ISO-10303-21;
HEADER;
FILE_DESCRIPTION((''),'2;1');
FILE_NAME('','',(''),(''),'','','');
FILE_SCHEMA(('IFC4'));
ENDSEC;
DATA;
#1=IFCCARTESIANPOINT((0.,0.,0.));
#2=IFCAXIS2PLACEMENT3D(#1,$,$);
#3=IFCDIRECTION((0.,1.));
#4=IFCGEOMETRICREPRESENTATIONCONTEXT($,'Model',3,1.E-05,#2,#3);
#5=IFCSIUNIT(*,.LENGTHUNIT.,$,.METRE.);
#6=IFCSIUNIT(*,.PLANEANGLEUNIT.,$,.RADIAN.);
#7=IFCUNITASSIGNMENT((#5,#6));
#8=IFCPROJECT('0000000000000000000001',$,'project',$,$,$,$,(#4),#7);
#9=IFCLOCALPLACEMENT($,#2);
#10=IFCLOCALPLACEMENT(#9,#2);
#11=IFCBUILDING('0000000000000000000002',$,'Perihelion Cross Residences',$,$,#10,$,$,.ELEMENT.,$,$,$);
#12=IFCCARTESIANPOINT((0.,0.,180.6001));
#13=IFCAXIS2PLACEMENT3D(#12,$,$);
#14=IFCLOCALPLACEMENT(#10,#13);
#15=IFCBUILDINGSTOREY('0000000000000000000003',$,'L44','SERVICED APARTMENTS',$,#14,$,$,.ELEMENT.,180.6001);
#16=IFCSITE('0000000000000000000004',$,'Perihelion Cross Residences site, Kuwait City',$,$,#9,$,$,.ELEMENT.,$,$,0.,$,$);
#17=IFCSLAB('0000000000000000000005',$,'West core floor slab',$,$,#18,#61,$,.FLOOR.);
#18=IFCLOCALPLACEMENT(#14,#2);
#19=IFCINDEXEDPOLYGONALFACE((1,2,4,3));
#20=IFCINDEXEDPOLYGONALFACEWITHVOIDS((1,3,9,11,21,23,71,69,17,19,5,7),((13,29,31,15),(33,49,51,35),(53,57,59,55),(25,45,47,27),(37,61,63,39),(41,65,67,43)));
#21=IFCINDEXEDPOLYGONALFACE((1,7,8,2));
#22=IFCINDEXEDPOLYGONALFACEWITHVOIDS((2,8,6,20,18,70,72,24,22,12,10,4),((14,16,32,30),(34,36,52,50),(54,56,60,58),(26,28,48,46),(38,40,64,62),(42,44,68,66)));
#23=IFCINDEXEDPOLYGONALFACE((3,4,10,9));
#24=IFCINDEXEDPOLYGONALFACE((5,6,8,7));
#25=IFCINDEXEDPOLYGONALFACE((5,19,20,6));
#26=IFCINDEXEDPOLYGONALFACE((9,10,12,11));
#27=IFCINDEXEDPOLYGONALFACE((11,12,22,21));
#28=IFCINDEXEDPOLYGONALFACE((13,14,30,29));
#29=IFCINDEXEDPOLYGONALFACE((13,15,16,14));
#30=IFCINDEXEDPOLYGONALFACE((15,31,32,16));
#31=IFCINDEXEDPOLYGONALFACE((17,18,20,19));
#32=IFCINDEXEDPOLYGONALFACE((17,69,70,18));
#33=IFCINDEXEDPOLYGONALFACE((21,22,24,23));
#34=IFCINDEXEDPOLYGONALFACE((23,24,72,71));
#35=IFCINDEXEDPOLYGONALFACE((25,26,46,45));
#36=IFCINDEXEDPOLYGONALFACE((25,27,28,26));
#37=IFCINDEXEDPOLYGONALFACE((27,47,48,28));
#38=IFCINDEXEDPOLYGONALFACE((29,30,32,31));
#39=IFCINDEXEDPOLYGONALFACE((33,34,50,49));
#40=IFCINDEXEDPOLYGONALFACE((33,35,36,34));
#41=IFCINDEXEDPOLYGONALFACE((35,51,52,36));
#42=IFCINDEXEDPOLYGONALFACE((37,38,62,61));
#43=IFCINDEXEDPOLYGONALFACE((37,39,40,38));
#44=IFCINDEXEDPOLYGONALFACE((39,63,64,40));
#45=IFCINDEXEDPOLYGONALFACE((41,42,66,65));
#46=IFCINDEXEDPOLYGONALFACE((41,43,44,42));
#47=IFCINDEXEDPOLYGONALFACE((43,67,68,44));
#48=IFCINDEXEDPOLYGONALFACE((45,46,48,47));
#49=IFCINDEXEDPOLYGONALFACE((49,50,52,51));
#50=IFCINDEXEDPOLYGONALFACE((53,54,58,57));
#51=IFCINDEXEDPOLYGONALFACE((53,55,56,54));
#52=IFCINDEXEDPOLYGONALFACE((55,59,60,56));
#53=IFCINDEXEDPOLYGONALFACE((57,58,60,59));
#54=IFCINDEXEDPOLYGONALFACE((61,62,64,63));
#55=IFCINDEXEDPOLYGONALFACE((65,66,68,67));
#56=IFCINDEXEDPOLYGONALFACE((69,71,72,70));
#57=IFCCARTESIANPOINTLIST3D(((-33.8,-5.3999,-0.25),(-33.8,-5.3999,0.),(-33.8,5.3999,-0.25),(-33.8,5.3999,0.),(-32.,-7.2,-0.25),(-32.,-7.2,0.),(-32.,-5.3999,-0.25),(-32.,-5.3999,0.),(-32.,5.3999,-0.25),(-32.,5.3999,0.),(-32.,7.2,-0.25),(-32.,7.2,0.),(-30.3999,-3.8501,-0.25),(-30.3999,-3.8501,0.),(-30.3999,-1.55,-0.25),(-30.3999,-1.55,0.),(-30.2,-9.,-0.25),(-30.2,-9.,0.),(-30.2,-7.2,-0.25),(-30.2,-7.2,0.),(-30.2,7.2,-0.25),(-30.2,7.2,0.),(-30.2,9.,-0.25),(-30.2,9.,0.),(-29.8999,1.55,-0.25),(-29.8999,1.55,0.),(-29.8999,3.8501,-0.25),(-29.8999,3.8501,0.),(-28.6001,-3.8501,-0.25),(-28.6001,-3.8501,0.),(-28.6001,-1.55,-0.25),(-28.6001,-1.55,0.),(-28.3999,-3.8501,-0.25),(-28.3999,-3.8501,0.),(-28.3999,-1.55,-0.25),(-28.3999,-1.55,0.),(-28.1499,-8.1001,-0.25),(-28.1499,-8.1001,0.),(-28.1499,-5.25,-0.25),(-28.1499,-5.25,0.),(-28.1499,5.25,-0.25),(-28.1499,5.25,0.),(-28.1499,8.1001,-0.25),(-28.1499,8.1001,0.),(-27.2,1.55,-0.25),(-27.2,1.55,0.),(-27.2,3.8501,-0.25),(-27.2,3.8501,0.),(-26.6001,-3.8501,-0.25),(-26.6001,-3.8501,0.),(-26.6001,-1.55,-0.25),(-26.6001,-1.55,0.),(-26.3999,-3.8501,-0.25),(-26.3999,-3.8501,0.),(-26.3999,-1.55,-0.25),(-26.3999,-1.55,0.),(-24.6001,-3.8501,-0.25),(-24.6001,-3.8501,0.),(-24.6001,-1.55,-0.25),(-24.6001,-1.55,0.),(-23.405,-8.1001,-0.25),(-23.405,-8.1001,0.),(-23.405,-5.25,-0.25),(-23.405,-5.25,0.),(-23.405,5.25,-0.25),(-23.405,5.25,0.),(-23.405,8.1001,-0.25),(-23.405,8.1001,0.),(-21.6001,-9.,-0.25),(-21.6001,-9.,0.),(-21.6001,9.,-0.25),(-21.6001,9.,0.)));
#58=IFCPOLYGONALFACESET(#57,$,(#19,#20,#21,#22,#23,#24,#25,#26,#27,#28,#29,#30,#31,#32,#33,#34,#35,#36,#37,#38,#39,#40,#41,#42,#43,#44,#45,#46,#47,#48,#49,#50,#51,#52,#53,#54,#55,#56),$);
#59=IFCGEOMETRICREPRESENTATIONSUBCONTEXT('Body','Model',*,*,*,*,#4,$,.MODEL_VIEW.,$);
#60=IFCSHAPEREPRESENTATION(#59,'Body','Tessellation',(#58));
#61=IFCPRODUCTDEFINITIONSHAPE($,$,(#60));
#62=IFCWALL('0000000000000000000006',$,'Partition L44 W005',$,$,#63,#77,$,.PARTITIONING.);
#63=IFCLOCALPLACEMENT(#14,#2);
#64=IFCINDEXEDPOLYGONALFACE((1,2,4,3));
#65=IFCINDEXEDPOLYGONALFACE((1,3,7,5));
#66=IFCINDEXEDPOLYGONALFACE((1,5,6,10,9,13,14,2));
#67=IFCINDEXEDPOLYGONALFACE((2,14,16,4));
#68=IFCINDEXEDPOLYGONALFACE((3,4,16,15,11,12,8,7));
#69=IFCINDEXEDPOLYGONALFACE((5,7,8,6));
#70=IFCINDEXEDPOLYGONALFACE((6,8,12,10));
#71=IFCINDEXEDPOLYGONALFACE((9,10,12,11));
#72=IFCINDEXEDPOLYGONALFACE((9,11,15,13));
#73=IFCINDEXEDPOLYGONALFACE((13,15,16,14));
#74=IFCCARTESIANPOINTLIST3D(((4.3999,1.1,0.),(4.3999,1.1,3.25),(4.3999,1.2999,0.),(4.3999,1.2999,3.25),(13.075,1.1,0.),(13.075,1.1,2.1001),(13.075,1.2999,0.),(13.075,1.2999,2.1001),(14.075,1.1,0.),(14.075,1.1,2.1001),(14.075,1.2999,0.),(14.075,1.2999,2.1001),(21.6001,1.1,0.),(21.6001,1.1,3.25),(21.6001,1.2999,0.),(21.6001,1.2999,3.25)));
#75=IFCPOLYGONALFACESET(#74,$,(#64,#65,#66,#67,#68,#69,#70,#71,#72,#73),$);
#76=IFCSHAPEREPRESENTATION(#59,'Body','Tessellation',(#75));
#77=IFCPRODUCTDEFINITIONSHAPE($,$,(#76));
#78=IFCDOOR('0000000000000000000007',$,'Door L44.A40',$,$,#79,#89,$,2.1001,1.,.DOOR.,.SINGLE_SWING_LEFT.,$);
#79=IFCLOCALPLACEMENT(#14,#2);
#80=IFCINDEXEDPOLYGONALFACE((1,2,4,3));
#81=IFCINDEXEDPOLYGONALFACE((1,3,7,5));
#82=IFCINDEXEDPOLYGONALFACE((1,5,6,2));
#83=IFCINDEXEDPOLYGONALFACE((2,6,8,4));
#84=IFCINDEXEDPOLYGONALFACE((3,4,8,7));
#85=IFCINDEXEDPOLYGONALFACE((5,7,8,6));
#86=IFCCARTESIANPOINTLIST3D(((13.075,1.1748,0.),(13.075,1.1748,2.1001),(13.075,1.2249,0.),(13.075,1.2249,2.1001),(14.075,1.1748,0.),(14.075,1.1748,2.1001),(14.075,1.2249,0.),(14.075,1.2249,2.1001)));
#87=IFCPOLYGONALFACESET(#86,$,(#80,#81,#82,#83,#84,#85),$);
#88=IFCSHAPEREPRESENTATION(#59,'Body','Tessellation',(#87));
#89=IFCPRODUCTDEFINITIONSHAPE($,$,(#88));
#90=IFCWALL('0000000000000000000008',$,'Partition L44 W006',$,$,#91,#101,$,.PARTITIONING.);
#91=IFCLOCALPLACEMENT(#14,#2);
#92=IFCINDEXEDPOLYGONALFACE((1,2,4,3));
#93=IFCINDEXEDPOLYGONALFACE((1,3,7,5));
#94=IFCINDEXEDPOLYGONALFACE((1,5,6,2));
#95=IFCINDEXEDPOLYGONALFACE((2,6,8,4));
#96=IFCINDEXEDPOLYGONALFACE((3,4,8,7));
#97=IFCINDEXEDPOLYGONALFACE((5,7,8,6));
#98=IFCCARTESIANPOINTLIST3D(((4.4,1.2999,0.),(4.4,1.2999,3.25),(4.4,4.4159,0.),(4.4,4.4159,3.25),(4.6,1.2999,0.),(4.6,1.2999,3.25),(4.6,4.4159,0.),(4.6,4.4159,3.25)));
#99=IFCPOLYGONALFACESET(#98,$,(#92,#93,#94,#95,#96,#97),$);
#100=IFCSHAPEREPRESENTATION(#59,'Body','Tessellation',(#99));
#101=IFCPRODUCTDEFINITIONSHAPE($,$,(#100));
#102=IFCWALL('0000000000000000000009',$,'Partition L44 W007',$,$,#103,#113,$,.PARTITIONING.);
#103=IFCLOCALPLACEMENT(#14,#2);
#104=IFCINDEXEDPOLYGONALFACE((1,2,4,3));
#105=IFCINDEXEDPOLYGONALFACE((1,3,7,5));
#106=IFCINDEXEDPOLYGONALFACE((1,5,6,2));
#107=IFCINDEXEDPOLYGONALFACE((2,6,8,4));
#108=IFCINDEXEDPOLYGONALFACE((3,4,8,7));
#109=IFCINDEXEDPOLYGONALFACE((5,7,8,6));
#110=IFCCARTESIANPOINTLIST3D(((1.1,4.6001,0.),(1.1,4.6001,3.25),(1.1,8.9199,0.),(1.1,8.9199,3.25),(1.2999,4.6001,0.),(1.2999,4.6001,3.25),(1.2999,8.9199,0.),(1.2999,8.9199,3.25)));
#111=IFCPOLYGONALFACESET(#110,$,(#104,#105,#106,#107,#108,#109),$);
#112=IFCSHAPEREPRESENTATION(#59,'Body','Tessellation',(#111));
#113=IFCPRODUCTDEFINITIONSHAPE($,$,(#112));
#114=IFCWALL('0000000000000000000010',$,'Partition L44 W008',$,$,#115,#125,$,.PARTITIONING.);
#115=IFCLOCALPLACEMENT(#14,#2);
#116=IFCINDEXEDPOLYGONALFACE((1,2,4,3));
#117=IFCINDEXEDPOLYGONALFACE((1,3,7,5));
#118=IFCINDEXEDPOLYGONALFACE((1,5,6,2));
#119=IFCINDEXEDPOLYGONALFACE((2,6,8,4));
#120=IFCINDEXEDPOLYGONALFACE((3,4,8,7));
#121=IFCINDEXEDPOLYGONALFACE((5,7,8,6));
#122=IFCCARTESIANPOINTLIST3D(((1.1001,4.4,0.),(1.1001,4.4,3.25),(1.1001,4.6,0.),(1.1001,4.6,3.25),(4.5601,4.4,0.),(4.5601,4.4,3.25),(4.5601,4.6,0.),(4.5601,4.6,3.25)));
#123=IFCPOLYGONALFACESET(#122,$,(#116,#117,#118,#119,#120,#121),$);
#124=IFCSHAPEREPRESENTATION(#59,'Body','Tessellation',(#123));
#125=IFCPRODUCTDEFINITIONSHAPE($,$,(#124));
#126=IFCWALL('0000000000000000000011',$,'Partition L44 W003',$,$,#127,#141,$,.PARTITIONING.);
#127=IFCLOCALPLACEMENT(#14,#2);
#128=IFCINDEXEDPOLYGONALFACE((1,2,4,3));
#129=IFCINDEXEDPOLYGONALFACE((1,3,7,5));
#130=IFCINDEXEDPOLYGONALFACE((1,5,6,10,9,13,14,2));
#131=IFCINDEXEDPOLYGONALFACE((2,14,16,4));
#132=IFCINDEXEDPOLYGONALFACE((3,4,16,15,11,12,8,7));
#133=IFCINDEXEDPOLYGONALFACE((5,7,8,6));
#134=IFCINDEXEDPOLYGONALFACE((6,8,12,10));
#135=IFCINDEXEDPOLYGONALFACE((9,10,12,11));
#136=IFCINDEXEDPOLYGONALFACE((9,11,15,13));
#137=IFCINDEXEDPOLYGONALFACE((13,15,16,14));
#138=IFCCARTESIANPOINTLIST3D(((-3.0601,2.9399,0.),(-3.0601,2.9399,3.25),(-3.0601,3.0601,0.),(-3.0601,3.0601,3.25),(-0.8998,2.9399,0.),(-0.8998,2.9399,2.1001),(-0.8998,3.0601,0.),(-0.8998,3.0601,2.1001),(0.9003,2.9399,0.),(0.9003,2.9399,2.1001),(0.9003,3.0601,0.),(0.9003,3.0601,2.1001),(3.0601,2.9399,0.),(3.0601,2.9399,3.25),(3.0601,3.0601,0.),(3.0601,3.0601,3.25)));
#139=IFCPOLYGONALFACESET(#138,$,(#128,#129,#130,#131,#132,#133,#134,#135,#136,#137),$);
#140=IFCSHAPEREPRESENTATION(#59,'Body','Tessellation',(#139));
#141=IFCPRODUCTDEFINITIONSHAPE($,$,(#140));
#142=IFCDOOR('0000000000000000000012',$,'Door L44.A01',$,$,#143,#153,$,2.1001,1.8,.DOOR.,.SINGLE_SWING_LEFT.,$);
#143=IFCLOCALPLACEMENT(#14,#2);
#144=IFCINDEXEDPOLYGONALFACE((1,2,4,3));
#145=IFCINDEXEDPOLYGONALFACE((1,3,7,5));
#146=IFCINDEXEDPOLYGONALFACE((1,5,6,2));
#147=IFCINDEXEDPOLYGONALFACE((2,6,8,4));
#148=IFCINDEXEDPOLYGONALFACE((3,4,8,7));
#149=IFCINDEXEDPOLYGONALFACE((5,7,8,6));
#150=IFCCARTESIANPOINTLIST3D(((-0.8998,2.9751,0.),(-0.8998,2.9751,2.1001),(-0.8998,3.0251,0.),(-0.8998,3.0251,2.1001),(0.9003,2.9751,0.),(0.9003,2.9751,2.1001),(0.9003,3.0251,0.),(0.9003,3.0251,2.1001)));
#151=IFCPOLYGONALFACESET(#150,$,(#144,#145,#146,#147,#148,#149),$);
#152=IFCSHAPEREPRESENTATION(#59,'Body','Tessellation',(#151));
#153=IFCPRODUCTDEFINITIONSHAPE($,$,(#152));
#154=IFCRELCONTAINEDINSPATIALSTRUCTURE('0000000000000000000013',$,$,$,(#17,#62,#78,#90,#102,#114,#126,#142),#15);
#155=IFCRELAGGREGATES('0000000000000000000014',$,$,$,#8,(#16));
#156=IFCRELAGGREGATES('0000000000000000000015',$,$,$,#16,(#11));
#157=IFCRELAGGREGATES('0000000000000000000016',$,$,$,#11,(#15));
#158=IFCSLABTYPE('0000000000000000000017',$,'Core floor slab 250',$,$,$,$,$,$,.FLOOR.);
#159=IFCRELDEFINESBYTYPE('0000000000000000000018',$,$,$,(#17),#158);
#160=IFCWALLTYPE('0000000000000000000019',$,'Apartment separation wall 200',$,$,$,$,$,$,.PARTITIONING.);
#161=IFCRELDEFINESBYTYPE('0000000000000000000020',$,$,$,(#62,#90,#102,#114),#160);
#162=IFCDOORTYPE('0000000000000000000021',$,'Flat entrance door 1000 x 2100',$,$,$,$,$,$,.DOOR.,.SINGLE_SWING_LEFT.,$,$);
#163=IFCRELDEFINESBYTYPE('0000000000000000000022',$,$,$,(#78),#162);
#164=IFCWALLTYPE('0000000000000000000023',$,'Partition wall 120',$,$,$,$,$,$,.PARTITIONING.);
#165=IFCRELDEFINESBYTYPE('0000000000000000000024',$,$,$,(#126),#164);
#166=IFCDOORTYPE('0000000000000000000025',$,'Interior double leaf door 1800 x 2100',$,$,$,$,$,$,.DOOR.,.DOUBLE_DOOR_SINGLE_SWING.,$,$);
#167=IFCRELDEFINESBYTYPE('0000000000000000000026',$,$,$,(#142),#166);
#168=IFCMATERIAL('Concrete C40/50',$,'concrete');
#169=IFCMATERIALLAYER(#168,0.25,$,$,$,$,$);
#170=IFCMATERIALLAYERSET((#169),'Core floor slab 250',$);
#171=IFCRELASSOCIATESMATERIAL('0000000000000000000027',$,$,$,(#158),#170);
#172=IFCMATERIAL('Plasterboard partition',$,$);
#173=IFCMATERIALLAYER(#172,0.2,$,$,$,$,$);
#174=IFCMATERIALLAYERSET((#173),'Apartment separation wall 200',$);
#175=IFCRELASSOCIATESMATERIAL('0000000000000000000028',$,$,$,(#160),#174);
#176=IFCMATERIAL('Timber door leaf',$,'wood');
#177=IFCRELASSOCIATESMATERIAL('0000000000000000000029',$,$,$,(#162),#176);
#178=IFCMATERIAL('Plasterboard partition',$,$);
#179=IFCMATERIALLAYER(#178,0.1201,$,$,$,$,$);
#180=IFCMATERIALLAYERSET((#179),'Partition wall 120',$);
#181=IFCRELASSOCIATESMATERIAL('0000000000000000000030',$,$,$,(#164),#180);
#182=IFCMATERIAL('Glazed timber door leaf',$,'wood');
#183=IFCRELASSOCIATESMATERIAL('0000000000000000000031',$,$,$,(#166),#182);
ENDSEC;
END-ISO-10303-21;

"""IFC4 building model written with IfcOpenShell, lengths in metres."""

from ifc_helpers import new_model, si_unit, direction, frame, frame_2d, origin, place, context, subcontext, project, spatial, polyline, rectangle, outline, extrude, material, layer, layer_set, type_object, element, fill, save


model = new_model("IFC4")

# Units and contexts
model_context = context("Model", 3, precision=1e-05, world=origin(), true_north=direction((0.0, 1.0)))
body_context = subcontext(model_context, "Body", "Model", "MODEL_VIEW")
ifc_project = project(units=[si_unit("LENGTHUNIT", "METRE"), si_unit("PLANEANGLEUNIT", "RADIAN")], contexts=[model_context])

# Site, building, storey
site_placement = place(None, origin())
site = spatial("IfcSite", under=ifc_project, at=site_placement, Name="Perihelion Cross Residences site, Kuwait City", CompositionType="ELEMENT", RefElevation=0.0)
building_placement = place(site_placement, origin())
building = spatial("IfcBuilding", under=site, at=building_placement, Name="Perihelion Cross Residences", CompositionType="ELEMENT")
storey_placement = place(building_placement, frame((0.0, 0.0, 180.6001)))
storey = spatial("IfcBuildingStorey", under=building, at=storey_placement, Name="L44", Description="SERVICED APARTMENTS", CompositionType="ELEMENT", Elevation=180.6001)

# Slab
ifc_material_1 = material(Name="Concrete C40/50", Category="concrete")
ifc_layer_1 = layer(ifc_material_1, 0.25)
ifc_layer_set_1 = layer_set([ifc_layer_1], Name="Core floor slab 250")
slab_type = type_object("IfcSlabType", Name="Core floor slab 250", PredefinedType="FLOOR", material=ifc_layer_set_1)
slab_1_placement = place(storey_placement, frame((0.0, 0.0, -0.25)))
element("IfcSlab", 1, at=slab_1_placement, inside=storey, type_object=slab_type, Name="West core floor slab", PredefinedType="FLOOR", context=body_context, shape_type="SweptSolid", body=[
    extrude(outline(polyline([(-30.2, 7.2), (-32.0, 7.2), (-32.0, 5.3999), (-33.8, 5.3999), (-33.8, -5.3999), (-32.0, -5.3999), (-32.0, -7.2), (-30.2, -7.2), (-30.2, -9.0), (-21.6001, -9.0), (-21.6001, 9.0), (-30.2, 9.0), (-30.2, 7.2)]), holes=[polyline([(-28.1499, -8.1001), (-28.1499, -5.25), (-23.405, -5.25), (-23.405, -8.1001), (-28.1499, -8.1001)]), polyline([(-24.6001, -1.55), (-24.6001, -3.8501), (-26.3999, -3.8501), (-26.3999, -1.55), (-24.6001, -1.55)]), polyline([(-26.6001, -1.55), (-26.6001, -3.8501), (-28.3999, -3.8501), (-28.3999, -1.55), (-26.6001, -1.55)]), polyline([(-28.6001, -3.8501), (-30.3999, -3.8501), (-30.3999, -1.55), (-28.6001, -1.55), (-28.6001, -3.8501)]), polyline([(-27.2, 3.8501), (-27.2, 1.55), (-29.8999, 1.55), (-29.8999, 3.8501), (-27.2, 3.8501)]), polyline([(-23.405, 5.25), (-28.1499, 5.25), (-28.1499, 8.1001), (-23.405, 8.1001), (-23.405, 5.25)])]), origin(), (0.0, 0.0, 1.0), 0.25),
])

# Wall, opening, door
ifc_material_2 = material(Name="Plasterboard partition")
ifc_layer_2 = layer(ifc_material_2, 0.2)
ifc_layer_set_2 = layer_set([ifc_layer_2], Name="Apartment separation wall 200")
wall_type_1 = type_object("IfcWallType", Name="Apartment separation wall 200", PredefinedType="PARTITIONING", material=ifc_layer_set_2)
wall_1_placement = place(storey_placement, frame((4.3999, 1.2, 0.0), z_axis=(0.0, 0.0, 1.0), x_axis=(1.0, 0.0, 0.0)))
wall_1 = element("IfcWall", 2, at=wall_1_placement, inside=storey, type_object=wall_type_1, Name="Partition L44 W005", PredefinedType="PARTITIONING", context=body_context, shape_type="SweptSolid", body=[
    extrude(rectangle(XDim=17.2002, YDim=0.2, at=frame_2d((8.6001, 0.0))), origin(), (0.0, 0.0, 1.0), 3.25),
])
opening_1_placement = place(wall_1_placement, frame((8.675, 0.0, 0.0)))
opening_1 = element("IfcOpeningElement", 3, at=opening_1_placement, cuts=wall_1, PredefinedType="OPENING", context=body_context, shape_type="SweptSolid", body=[
    extrude(rectangle(XDim=1.0, YDim=2.1001, at=frame_2d((0.5, 1.05))), frame((0.0, 0.1099, 0.0), z_axis=(0.0, -1.0, 0.0), x_axis=(1.0, 0.0, 0.0)), (0.0, 0.0, 1.0), 0.22),
])
ifc_material_3 = material(Name="Timber door leaf", Category="wood")
door_type_1 = type_object("IfcDoorType", Name="Flat entrance door 1000 x 2100", OperationType="SINGLE_SWING_LEFT", PredefinedType="DOOR", material=ifc_material_3)
door_1_placement = place(opening_1_placement, origin())
door_1 = element("IfcDoor", 4, at=door_1_placement, inside=storey, type_object=door_type_1, Name="Door L44.A40", OperationType="SINGLE_SWING_LEFT", OverallHeight=2.1001, OverallWidth=1.0, PredefinedType="DOOR", context=body_context, shape_type="SweptSolid", body=[
    extrude(rectangle(XDim=1.0, YDim=2.1001, at=frame_2d((0.5, 1.05))), frame((0.0, 0.0249, 0.0), z_axis=(0.0, -1.0, 0.0), x_axis=(1.0, 0.0, 0.0)), (0.0, 0.0, 1.0), 0.05),
])
fill(opening_1, door_1)

# Walls
wall_2_placement = place(storey_placement, frame((4.5, 4.416, 0.0), z_axis=(0.0, 0.0, 1.0), x_axis=(0.0, -1.0, 0.0)))
element("IfcWall", 5, at=wall_2_placement, inside=storey, type_object=wall_type_1, Name="Partition L44 W006", PredefinedType="PARTITIONING", context=body_context, shape_type="SweptSolid", body=[
    extrude(rectangle(XDim=3.116, YDim=0.2, at=frame_2d((1.5581, 0.0))), origin(), (0.0, 0.0, 1.0), 3.25),
])
wall_3_placement = place(storey_placement, frame((1.2, 8.9199, 0.0), z_axis=(0.0, 0.0, 1.0), x_axis=(0.0, -1.0, 0.0)))
element("IfcWall", 6, at=wall_3_placement, inside=storey, type_object=wall_type_1, Name="Partition L44 W007", PredefinedType="PARTITIONING", context=body_context, shape_type="SweptSolid", body=[
    extrude(rectangle(XDim=4.3198, YDim=0.2, at=frame_2d((2.1599, 0.0))), origin(), (0.0, 0.0, 1.0), 3.25),
])
wall_4_placement = place(storey_placement, frame((1.1001, 4.5, 0.0), z_axis=(0.0, 0.0, 1.0), x_axis=(1.0, 0.0, 0.0)))
element("IfcWall", 7, at=wall_4_placement, inside=storey, type_object=wall_type_1, Name="Partition L44 W008", PredefinedType="PARTITIONING", context=body_context, shape_type="SweptSolid", body=[
    extrude(rectangle(XDim=3.46, YDim=0.2, at=frame_2d((1.73, 0.0))), origin(), (0.0, 0.0, 1.0), 3.25),
])

# Wall, opening, door
ifc_material_4 = material(Name="Plasterboard partition")
ifc_layer_3 = layer(ifc_material_4, 0.1201)
ifc_layer_set_3 = layer_set([ifc_layer_3], Name="Partition wall 120")
wall_type_2 = type_object("IfcWallType", Name="Partition wall 120", PredefinedType="PARTITIONING", material=ifc_layer_set_3)
wall_5_placement = place(storey_placement, frame((3.0601, 3.0, 0.0), z_axis=(0.0, 0.0, 1.0), x_axis=(-1.0, 0.0, 0.0)))
wall_5 = element("IfcWall", 8, at=wall_5_placement, inside=storey, type_object=wall_type_2, Name="Partition L44 W003", PredefinedType="PARTITIONING", context=body_context, shape_type="SweptSolid", body=[
    extrude(rectangle(XDim=6.1201, YDim=0.1201, at=frame_2d((3.0601, 0.0))), origin(), (0.0, 0.0, 1.0), 3.25),
])
opening_2_placement = place(wall_5_placement, frame((2.1599, 0.0, 0.0)))
opening_2 = element("IfcOpeningElement", 9, at=opening_2_placement, cuts=wall_5, PredefinedType="OPENING", context=body_context, shape_type="SweptSolid", body=[
    extrude(rectangle(XDim=1.8, YDim=2.1001, at=frame_2d((0.8999, 1.05))), frame((0.0, 0.0701, 0.0), z_axis=(0.0, -1.0, 0.0), x_axis=(1.0, 0.0, 0.0)), (0.0, 0.0, 1.0), 0.1401),
])
ifc_material_5 = material(Name="Glazed timber door leaf", Category="wood")
door_type_2 = type_object("IfcDoorType", Name="Interior double leaf door 1800 x 2100", OperationType="DOUBLE_DOOR_SINGLE_SWING", PredefinedType="DOOR", material=ifc_material_5)
door_2_placement = place(opening_2_placement, origin())
door_2 = element("IfcDoor", 10, at=door_2_placement, inside=storey, type_object=door_type_2, Name="Door L44.A01", OperationType="SINGLE_SWING_LEFT", OverallHeight=2.1001, OverallWidth=1.8, PredefinedType="DOOR", context=body_context, shape_type="SweptSolid", body=[
    extrude(rectangle(XDim=1.8, YDim=2.1001, at=frame_2d((0.8999, 1.05))), frame((0.0, 0.0249, 0.0), z_axis=(0.0, -1.0, 0.0), x_axis=(1.0, 0.0, 0.0)), (0.0, 0.0, 1.0), 0.05),
])
fill(opening_2, door_2)

save(model, "model.ifc")
